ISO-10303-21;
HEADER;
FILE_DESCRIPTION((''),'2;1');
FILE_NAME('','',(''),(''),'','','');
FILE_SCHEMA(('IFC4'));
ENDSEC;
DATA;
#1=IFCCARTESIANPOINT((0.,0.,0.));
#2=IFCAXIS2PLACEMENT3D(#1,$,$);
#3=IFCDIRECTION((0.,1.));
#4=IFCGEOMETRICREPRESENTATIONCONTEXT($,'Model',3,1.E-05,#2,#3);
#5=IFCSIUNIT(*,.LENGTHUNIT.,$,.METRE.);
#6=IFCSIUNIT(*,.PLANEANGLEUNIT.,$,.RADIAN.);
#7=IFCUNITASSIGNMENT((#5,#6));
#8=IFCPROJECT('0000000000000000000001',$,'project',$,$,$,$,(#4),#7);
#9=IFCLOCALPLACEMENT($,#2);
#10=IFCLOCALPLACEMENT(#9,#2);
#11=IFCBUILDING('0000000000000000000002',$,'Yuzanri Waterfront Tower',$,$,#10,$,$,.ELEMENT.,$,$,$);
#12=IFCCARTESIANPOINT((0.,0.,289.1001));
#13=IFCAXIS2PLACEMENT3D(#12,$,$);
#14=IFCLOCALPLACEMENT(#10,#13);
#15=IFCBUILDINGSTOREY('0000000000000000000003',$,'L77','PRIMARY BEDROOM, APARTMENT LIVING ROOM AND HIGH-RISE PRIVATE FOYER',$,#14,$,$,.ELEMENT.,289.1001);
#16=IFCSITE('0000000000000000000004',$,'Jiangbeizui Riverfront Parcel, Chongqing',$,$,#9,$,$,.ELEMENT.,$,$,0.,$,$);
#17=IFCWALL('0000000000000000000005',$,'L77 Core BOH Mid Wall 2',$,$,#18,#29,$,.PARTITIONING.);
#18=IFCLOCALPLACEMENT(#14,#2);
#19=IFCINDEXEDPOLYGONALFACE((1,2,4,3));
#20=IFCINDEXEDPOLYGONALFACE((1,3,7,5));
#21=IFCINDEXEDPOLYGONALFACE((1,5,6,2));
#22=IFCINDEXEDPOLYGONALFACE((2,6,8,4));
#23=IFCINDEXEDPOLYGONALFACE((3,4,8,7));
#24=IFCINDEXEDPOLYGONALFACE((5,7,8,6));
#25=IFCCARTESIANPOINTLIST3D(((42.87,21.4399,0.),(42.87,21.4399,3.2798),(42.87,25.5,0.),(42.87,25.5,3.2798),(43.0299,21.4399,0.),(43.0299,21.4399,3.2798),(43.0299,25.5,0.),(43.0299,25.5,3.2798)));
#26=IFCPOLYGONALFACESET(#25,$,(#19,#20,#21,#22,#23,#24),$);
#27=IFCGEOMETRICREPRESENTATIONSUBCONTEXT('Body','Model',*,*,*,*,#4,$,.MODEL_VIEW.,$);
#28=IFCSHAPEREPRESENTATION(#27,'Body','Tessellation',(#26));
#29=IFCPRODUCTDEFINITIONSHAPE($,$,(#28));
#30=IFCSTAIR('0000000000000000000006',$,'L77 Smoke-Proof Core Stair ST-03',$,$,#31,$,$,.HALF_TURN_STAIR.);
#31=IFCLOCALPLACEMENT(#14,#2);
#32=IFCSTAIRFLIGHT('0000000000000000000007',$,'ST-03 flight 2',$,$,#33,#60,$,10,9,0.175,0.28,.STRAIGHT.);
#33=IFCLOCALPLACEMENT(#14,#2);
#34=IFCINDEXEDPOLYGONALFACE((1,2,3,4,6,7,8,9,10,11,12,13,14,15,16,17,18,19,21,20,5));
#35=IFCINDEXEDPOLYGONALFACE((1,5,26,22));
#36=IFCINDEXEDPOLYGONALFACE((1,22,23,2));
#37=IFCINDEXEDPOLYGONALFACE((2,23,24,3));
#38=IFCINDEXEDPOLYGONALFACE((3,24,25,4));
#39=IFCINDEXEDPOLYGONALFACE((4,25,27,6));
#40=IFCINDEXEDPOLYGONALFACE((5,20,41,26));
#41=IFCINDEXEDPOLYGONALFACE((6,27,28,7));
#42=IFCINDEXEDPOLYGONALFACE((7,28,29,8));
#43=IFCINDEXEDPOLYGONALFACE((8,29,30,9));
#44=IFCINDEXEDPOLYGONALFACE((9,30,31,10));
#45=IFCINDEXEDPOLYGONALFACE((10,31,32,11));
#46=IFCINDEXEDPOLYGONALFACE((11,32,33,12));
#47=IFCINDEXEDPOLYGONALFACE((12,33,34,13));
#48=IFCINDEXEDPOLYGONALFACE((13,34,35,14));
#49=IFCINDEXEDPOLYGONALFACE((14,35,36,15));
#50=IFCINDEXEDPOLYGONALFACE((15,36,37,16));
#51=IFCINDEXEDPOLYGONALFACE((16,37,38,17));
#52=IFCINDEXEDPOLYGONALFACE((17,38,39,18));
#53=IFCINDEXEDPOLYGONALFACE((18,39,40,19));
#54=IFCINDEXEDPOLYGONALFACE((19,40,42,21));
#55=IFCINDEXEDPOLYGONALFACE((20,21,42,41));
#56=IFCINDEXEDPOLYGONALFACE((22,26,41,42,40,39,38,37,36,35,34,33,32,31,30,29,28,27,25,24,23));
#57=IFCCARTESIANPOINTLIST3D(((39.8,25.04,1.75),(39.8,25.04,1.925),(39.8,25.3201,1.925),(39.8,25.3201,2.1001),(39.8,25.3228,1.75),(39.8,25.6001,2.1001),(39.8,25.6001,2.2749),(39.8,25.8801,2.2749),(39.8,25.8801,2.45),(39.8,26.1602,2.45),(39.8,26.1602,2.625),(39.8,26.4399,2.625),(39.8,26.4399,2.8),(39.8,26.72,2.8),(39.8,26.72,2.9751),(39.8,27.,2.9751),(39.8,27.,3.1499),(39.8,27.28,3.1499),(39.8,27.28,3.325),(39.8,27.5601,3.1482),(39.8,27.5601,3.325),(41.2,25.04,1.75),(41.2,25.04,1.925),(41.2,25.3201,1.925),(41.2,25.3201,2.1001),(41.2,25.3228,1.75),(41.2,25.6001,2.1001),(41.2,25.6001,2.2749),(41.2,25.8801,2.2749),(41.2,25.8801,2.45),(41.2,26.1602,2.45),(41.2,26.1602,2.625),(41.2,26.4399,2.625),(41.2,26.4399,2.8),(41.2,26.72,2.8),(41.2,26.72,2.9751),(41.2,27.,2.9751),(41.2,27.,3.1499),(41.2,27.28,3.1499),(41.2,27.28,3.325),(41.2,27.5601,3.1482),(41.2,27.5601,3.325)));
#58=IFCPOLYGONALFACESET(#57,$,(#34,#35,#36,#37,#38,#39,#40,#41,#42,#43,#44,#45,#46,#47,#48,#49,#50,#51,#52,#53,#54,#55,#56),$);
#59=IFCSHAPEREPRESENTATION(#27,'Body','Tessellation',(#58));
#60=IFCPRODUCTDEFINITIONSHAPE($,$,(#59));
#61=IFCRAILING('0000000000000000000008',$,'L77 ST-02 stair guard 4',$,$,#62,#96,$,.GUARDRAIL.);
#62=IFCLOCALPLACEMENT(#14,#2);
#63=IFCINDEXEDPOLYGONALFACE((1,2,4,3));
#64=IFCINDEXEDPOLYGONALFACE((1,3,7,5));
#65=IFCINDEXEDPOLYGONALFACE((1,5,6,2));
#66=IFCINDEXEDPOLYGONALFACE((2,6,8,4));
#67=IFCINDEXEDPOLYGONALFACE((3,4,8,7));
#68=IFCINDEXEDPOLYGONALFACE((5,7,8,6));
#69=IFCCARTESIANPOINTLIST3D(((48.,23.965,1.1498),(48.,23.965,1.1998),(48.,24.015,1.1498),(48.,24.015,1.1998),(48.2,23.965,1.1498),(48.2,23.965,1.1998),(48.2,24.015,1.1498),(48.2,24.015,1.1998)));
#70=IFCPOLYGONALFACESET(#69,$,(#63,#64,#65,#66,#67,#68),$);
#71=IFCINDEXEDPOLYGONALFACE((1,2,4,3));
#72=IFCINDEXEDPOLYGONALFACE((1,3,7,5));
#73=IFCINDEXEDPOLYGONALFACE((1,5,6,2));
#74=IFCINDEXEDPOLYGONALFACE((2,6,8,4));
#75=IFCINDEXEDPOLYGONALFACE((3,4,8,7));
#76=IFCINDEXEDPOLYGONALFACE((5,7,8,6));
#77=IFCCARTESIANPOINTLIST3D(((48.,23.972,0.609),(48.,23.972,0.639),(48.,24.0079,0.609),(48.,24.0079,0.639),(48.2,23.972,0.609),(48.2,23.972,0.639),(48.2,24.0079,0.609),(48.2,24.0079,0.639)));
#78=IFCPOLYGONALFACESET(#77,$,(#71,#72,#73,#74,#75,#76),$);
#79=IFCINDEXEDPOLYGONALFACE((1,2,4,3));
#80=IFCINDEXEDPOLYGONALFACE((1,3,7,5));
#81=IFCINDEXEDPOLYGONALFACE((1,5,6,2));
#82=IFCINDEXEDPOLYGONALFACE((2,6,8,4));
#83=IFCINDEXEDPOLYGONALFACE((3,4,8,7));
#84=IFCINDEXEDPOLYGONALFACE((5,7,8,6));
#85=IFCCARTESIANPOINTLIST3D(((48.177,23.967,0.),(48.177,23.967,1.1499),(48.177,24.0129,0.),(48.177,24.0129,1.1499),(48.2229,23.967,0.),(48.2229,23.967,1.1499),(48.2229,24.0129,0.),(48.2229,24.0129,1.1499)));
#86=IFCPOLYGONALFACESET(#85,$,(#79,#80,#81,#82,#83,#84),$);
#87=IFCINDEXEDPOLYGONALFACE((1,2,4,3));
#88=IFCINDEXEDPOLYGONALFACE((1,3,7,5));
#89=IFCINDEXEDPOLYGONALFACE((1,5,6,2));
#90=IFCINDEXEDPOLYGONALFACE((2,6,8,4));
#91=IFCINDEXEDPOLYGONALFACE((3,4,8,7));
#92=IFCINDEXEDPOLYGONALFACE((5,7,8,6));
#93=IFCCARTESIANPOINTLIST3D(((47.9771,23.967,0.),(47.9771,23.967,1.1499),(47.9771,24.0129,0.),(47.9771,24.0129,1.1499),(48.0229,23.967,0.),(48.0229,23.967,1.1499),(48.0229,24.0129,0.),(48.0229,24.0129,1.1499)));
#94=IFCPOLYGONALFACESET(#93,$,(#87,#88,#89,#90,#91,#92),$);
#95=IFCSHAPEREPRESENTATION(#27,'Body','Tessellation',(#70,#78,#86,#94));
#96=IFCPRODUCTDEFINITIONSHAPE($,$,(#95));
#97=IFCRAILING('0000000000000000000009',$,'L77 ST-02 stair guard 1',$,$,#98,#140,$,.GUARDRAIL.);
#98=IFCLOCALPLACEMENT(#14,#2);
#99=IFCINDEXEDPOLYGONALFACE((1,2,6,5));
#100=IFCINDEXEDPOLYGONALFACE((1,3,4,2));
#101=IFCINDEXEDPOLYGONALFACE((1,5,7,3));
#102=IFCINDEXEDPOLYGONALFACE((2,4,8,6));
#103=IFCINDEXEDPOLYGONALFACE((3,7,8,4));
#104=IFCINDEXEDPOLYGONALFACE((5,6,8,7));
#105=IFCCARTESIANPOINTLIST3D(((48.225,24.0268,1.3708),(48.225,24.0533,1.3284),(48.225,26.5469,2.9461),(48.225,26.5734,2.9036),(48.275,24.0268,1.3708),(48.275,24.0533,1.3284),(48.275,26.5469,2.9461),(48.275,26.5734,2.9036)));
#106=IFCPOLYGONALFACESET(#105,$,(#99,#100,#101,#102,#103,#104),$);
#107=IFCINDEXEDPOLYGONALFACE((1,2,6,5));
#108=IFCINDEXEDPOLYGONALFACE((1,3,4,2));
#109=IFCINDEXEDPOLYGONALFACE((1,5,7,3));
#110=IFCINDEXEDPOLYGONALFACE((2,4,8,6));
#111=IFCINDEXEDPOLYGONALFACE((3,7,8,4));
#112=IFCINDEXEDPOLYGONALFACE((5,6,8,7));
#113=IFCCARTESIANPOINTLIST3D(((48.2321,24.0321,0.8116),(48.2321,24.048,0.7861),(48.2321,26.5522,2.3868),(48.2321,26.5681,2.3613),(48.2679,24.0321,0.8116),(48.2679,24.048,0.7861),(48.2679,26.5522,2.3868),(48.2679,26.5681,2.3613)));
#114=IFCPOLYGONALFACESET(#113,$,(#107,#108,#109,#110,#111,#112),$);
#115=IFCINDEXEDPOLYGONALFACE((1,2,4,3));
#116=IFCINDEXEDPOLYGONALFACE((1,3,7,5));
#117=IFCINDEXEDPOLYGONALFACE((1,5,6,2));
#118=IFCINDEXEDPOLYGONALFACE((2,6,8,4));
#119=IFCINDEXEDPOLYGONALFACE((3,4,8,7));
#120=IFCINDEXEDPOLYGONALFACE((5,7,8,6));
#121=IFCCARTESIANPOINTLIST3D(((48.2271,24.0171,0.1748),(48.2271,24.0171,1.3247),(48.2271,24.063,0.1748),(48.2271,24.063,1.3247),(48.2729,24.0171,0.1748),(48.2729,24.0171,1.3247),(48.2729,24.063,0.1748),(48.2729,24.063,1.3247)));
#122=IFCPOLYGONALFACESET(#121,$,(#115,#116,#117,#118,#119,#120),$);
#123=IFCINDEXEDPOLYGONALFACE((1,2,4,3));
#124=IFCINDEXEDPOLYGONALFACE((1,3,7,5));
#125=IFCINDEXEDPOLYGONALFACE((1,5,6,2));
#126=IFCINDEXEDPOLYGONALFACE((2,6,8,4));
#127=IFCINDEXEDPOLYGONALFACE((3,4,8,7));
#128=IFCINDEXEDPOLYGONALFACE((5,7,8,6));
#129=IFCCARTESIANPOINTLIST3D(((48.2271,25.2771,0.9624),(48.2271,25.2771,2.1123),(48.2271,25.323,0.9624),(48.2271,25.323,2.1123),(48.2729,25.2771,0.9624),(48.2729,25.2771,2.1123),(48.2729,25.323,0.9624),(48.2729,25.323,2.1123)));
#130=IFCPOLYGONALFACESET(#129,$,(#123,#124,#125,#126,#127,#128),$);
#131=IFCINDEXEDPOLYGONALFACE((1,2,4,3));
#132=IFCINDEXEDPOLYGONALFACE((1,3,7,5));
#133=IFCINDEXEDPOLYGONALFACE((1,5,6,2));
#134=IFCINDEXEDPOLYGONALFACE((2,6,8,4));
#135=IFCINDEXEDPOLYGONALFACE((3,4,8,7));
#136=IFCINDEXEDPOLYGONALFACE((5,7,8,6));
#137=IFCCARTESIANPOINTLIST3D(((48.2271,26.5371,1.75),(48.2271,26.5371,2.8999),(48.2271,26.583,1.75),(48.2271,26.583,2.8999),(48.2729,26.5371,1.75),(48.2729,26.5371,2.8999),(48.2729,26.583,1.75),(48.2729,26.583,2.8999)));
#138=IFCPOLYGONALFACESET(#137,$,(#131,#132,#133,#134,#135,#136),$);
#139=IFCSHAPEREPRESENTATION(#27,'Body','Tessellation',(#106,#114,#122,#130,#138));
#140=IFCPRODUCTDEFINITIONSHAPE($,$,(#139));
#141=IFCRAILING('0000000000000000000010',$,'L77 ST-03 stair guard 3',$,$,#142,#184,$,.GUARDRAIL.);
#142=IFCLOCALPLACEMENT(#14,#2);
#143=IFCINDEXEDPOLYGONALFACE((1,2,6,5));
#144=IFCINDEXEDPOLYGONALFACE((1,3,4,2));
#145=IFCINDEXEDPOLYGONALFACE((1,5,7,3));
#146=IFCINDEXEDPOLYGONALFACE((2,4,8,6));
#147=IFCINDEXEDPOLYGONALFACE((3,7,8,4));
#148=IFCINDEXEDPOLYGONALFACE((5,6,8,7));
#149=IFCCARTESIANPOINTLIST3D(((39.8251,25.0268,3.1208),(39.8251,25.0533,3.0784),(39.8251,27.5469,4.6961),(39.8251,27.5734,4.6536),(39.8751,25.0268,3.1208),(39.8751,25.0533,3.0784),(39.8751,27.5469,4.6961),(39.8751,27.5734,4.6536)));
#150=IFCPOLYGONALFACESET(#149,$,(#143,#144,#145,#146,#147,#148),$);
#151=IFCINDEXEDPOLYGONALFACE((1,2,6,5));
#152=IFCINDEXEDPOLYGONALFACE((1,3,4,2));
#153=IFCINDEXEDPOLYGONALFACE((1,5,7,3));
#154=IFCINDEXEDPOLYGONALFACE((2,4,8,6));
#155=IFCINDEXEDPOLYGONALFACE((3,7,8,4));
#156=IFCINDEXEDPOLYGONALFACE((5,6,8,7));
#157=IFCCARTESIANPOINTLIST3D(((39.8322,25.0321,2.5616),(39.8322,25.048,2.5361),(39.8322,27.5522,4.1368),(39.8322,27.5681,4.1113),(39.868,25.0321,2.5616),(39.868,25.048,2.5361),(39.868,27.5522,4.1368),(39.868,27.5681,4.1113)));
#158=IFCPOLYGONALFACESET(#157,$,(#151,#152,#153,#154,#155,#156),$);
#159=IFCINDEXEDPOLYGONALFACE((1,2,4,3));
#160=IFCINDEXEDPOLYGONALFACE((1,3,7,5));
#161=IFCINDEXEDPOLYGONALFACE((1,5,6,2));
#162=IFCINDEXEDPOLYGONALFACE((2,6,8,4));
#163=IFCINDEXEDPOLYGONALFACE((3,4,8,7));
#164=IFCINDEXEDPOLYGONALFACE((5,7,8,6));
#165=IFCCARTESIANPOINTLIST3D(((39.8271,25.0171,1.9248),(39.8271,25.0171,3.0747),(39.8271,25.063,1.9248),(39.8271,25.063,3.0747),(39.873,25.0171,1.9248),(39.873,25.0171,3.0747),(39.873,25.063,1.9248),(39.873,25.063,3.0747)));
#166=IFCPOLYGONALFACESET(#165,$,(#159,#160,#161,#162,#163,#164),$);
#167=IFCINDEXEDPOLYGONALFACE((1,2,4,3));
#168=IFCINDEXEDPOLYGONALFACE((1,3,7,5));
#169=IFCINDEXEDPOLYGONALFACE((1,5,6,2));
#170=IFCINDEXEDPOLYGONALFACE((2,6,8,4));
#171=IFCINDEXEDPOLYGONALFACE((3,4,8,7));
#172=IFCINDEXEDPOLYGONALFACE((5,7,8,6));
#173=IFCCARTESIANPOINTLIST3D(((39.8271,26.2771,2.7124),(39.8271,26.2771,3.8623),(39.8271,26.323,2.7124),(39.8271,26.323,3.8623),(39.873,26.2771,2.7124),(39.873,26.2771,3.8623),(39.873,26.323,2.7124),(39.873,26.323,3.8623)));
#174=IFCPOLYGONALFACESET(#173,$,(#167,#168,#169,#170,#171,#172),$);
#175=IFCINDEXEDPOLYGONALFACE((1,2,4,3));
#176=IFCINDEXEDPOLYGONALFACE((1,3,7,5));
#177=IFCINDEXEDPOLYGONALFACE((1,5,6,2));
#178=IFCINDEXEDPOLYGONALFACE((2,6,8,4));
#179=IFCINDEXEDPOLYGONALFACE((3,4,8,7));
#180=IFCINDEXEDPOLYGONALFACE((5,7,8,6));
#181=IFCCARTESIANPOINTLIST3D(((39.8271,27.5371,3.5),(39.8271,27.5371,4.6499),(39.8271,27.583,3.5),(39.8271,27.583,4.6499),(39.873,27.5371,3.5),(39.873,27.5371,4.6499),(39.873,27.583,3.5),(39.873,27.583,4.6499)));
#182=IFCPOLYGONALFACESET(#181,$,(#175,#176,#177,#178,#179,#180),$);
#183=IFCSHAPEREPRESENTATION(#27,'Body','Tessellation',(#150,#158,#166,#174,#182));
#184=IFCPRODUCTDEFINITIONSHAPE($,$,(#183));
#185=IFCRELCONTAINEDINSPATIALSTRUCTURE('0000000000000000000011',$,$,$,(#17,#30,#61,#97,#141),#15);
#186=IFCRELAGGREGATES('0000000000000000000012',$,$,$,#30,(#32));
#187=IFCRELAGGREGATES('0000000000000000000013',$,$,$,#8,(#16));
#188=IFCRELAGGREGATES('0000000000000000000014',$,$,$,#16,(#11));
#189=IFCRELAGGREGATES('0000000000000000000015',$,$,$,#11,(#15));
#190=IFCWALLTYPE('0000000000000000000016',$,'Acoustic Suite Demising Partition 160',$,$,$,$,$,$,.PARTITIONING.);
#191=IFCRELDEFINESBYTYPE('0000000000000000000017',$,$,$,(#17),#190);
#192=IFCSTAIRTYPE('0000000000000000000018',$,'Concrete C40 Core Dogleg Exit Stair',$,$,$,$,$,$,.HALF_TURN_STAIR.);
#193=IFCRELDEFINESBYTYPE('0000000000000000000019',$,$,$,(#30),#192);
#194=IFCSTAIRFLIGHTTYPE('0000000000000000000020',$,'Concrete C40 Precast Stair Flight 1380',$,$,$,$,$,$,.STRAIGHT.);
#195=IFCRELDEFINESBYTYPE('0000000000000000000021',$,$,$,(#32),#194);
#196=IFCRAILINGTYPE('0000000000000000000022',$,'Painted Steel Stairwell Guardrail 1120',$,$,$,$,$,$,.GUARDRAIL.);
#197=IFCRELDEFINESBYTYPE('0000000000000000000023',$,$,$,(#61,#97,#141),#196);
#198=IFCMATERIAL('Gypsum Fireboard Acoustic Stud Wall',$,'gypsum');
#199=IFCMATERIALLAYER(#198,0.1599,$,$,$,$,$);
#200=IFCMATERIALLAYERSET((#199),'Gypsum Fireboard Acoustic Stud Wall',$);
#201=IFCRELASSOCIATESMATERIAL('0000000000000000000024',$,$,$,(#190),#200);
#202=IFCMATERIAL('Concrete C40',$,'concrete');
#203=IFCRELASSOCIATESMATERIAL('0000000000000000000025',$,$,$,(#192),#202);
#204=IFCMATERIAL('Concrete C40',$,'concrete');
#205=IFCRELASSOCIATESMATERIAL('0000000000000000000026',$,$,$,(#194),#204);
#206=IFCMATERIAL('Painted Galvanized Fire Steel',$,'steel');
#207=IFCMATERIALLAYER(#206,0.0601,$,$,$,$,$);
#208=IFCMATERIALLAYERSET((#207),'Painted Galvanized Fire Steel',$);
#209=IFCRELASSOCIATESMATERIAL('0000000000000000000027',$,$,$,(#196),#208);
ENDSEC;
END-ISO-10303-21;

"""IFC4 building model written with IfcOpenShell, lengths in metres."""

from ifc_helpers import new_model, si_unit, direction, frame, frame_2d, origin, origin_2d, place, context, subcontext, project, spatial, polyline, rectangle, outline, extrude, source, transform, mapped, material, layer, layer_set, type_object, element, aggregate, save


model = new_model("IFC4")

# Units and contexts
model_context = context("Model", 3, precision=1e-05, world=origin(), true_north=direction((0.0, 1.0)))
body_context = subcontext(model_context, "Body", "Model", "MODEL_VIEW")
ifc_project = project(units=[si_unit("LENGTHUNIT", "METRE"), si_unit("PLANEANGLEUNIT", "RADIAN")], contexts=[model_context])

# Site, building, storey
site_placement = place(None, origin())
site = spatial("IfcSite", under=ifc_project, at=site_placement, Name="Jiangbeizui Riverfront Parcel, Chongqing", CompositionType="ELEMENT", RefElevation=0.0)
building_placement = place(site_placement, origin())
building = spatial("IfcBuilding", under=site, at=building_placement, Name="Yuzanri Waterfront Tower", CompositionType="ELEMENT")
storey_placement = place(building_placement, frame((0.0, 0.0, 289.1001)))
storey = spatial("IfcBuildingStorey", under=building, at=storey_placement, Name="L77", Description="PRIMARY BEDROOM, APARTMENT LIVING ROOM AND HIGH-RISE PRIVATE FOYER", CompositionType="ELEMENT", Elevation=289.1001)

# Wall
ifc_material_1 = material(Name="Gypsum Fireboard Acoustic Stud Wall", Category="gypsum")
ifc_layer_1 = layer(ifc_material_1, 0.1599)
ifc_layer_set_1 = layer_set([ifc_layer_1], Name="Gypsum Fireboard Acoustic Stud Wall")
wall_type_1 = type_object("IfcWallType", Name="Acoustic Suite Demising Partition 160", PredefinedType="PARTITIONING", material=ifc_layer_set_1)
shared_shape_1 = source(origin(), body_context, "Body", "SweptSolid", [
    extrude(rectangle(XDim=4.0601, YDim=0.1599, at=frame_2d((2.03, 0.0))), origin(), (0.0, 0.0, 1.0), 3.2798),
])
wall_1_placement = place(storey_placement, frame((42.95, 21.4399, 0.0), z_axis=(0.0, 0.0, 1.0), x_axis=(0.0, 1.0, 0.0)))
element("IfcWall", 1, at=wall_1_placement, inside=storey, type_object=wall_type_1, Name="L77 Core BOH Mid Wall 2", PredefinedType="PARTITIONING", context=body_context, shape_type="MappedRepresentation", body=[
    mapped(shared_shape_1, transform((0.0, 0.0, 0.0), scale=1.0)),
])

# Stair, stair flight
ifc_material_2 = material(Name="Concrete C40", Category="concrete")
stair_type = type_object("IfcStairType", Name="Concrete C40 Core Dogleg Exit Stair", PredefinedType="HALF_TURN_STAIR", material=ifc_material_2)
stair_placement = place(storey_placement, origin())
stair = element("IfcStair", 2, at=stair_placement, inside=storey, type_object=stair_type, Name="L77 Smoke-Proof Core Stair ST-03", PredefinedType="HALF_TURN_STAIR")
ifc_material_3 = material(Name="Concrete C40", Category="concrete")
stair_flight_type = type_object("IfcStairFlightType", Name="Concrete C40 Precast Stair Flight 1380", PredefinedType="STRAIGHT", material=ifc_material_3)
shared_shape_2 = source(origin(), body_context, "Body", "SweptSolid", [
    extrude(outline(polyline([(0.0, 0.0), (0.0, 0.175), (0.28, 0.175), (0.28, 0.3501), (0.5601, 0.3501), (0.5601, 0.5249), (0.8401, 0.5249), (0.8401, 0.7), (1.1201, 0.7), (1.1201, 0.875), (1.3999, 0.875), (1.3999, 1.05), (1.6799, 1.05), (1.6799, 1.2251), (1.96, 1.2251), (1.96, 1.3999), (2.24, 1.3999), (2.24, 1.575), (2.52, 1.575), (2.52, 1.75), (2.52, 1.3982), (0.2827, 0.0), (0.0, 0.0)])), frame((0.0, 0.7, 0.0), z_axis=(0.0, -1.0, 0.0), x_axis=(1.0, 0.0, 0.0)), (0.0, 0.0, 1.0), 1.3999),
])
stair_flight_placement = place(storey_placement, frame((40.5, 25.04, 1.75), z_axis=(0.0, 0.0, 1.0), x_axis=(0.0, 1.0, 0.0)))
stair_flight = element("IfcStairFlight", 3, at=stair_flight_placement, type_object=stair_flight_type, Name="ST-03 flight 2", NumberOfRisers=10, NumberOfTreads=9, PredefinedType="STRAIGHT", RiserHeight=0.175, TreadLength=0.28, context=body_context, shape_type="MappedRepresentation", body=[
    mapped(shared_shape_2, transform((0.0, 0.0, 0.0), scale=1.0)),
])
aggregate(stair, [stair_flight])

# Railings
ifc_material_4 = material(Name="Painted Galvanized Fire Steel", Category="steel")
ifc_layer_2 = layer(ifc_material_4, 0.0601)
ifc_layer_set_2 = layer_set([ifc_layer_2], Name="Painted Galvanized Fire Steel")
railing_type_1 = type_object("IfcRailingType", Name="Painted Steel Stairwell Guardrail 1120", PredefinedType="GUARDRAIL", material=ifc_layer_set_2)
shared_shape_3 = source(origin(), body_context, "Body", "SweptSolid", [
    extrude(rectangle(XDim=0.05, YDim=0.05, at=origin_2d()), frame((0.0, 0.0, 1.1748), z_axis=(-1.0, 0.0, 0.0), x_axis=(0.0, -1.0, 0.0)), (0.0, 0.0, 1.0), 0.2),
    extrude(rectangle(XDim=0.0359, YDim=0.03, at=origin_2d()), frame((0.0, 0.0, 0.624), z_axis=(-1.0, 0.0, 0.0), x_axis=(0.0, -1.0, 0.0)), (0.0, 0.0, 1.0), 0.2),
    extrude(rectangle(XDim=0.0459, YDim=0.0459, at=origin_2d()), origin(), (0.0, 0.0, 1.0), 1.1499),
    extrude(rectangle(XDim=0.0459, YDim=0.0459, at=origin_2d()), frame((-0.2, 0.0, 0.0)), (0.0, 0.0, 1.0), 1.1499),
])
railing_1_placement = place(storey_placement, frame((48.2, 23.99, 0.0)))
element("IfcRailing", 4, at=railing_1_placement, inside=storey, type_object=railing_type_1, Name="L77 ST-02 stair guard 4", PredefinedType="GUARDRAIL", context=body_context, shape_type="MappedRepresentation", body=[
    mapped(shared_shape_3, transform((0.0, 0.0, 0.0), scale=1.0)),
])
shared_shape_4 = source(origin(), body_context, "Body", "SweptSolid", [
    extrude(rectangle(XDim=0.05, YDim=0.05, at=origin_2d()), frame((0.0, 0.0, 1.1748), z_axis=(0.0, 0.847971, 0.530043), x_axis=(-1.0, 0.0, 0.0)), (0.0, 0.0, 1.0), 2.9719),
    extrude(rectangle(XDim=0.0359, YDim=0.03, at=origin_2d()), frame((0.0, 0.0, 0.624), z_axis=(0.0, 0.847971, 0.530043), x_axis=(-1.0, 0.0, 0.0)), (0.0, 0.0, 1.0), 2.9719),
    extrude(rectangle(XDim=0.0459, YDim=0.0459, at=origin_2d()), origin(), (0.0, 0.0, 1.0), 1.1499),
    extrude(rectangle(XDim=0.0459, YDim=0.0459, at=origin_2d()), frame((0.0, 1.26, 0.7876)), (0.0, 0.0, 1.0), 1.1499),
    extrude(rectangle(XDim=0.0459, YDim=0.0459, at=origin_2d()), frame((0.0, 2.52, 1.5752)), (0.0, 0.0, 1.0), 1.1499),
])
for number, where, name in (
    (5, (48.25, 24.04, 0.1748), "L77 ST-02 stair guard 1"),
    (6, (39.8501, 25.04, 1.9248), "L77 ST-03 stair guard 3"),
):
    element("IfcRailing", number, at=place(storey_placement, frame(where)), inside=storey, type_object=railing_type_1, Name=name, PredefinedType="GUARDRAIL", context=body_context, shape_type="MappedRepresentation", body=[
        mapped(shared_shape_4, transform((0.0, 0.0, 0.0), scale=1.0)),
    ])

save(model, "model.ifc")
